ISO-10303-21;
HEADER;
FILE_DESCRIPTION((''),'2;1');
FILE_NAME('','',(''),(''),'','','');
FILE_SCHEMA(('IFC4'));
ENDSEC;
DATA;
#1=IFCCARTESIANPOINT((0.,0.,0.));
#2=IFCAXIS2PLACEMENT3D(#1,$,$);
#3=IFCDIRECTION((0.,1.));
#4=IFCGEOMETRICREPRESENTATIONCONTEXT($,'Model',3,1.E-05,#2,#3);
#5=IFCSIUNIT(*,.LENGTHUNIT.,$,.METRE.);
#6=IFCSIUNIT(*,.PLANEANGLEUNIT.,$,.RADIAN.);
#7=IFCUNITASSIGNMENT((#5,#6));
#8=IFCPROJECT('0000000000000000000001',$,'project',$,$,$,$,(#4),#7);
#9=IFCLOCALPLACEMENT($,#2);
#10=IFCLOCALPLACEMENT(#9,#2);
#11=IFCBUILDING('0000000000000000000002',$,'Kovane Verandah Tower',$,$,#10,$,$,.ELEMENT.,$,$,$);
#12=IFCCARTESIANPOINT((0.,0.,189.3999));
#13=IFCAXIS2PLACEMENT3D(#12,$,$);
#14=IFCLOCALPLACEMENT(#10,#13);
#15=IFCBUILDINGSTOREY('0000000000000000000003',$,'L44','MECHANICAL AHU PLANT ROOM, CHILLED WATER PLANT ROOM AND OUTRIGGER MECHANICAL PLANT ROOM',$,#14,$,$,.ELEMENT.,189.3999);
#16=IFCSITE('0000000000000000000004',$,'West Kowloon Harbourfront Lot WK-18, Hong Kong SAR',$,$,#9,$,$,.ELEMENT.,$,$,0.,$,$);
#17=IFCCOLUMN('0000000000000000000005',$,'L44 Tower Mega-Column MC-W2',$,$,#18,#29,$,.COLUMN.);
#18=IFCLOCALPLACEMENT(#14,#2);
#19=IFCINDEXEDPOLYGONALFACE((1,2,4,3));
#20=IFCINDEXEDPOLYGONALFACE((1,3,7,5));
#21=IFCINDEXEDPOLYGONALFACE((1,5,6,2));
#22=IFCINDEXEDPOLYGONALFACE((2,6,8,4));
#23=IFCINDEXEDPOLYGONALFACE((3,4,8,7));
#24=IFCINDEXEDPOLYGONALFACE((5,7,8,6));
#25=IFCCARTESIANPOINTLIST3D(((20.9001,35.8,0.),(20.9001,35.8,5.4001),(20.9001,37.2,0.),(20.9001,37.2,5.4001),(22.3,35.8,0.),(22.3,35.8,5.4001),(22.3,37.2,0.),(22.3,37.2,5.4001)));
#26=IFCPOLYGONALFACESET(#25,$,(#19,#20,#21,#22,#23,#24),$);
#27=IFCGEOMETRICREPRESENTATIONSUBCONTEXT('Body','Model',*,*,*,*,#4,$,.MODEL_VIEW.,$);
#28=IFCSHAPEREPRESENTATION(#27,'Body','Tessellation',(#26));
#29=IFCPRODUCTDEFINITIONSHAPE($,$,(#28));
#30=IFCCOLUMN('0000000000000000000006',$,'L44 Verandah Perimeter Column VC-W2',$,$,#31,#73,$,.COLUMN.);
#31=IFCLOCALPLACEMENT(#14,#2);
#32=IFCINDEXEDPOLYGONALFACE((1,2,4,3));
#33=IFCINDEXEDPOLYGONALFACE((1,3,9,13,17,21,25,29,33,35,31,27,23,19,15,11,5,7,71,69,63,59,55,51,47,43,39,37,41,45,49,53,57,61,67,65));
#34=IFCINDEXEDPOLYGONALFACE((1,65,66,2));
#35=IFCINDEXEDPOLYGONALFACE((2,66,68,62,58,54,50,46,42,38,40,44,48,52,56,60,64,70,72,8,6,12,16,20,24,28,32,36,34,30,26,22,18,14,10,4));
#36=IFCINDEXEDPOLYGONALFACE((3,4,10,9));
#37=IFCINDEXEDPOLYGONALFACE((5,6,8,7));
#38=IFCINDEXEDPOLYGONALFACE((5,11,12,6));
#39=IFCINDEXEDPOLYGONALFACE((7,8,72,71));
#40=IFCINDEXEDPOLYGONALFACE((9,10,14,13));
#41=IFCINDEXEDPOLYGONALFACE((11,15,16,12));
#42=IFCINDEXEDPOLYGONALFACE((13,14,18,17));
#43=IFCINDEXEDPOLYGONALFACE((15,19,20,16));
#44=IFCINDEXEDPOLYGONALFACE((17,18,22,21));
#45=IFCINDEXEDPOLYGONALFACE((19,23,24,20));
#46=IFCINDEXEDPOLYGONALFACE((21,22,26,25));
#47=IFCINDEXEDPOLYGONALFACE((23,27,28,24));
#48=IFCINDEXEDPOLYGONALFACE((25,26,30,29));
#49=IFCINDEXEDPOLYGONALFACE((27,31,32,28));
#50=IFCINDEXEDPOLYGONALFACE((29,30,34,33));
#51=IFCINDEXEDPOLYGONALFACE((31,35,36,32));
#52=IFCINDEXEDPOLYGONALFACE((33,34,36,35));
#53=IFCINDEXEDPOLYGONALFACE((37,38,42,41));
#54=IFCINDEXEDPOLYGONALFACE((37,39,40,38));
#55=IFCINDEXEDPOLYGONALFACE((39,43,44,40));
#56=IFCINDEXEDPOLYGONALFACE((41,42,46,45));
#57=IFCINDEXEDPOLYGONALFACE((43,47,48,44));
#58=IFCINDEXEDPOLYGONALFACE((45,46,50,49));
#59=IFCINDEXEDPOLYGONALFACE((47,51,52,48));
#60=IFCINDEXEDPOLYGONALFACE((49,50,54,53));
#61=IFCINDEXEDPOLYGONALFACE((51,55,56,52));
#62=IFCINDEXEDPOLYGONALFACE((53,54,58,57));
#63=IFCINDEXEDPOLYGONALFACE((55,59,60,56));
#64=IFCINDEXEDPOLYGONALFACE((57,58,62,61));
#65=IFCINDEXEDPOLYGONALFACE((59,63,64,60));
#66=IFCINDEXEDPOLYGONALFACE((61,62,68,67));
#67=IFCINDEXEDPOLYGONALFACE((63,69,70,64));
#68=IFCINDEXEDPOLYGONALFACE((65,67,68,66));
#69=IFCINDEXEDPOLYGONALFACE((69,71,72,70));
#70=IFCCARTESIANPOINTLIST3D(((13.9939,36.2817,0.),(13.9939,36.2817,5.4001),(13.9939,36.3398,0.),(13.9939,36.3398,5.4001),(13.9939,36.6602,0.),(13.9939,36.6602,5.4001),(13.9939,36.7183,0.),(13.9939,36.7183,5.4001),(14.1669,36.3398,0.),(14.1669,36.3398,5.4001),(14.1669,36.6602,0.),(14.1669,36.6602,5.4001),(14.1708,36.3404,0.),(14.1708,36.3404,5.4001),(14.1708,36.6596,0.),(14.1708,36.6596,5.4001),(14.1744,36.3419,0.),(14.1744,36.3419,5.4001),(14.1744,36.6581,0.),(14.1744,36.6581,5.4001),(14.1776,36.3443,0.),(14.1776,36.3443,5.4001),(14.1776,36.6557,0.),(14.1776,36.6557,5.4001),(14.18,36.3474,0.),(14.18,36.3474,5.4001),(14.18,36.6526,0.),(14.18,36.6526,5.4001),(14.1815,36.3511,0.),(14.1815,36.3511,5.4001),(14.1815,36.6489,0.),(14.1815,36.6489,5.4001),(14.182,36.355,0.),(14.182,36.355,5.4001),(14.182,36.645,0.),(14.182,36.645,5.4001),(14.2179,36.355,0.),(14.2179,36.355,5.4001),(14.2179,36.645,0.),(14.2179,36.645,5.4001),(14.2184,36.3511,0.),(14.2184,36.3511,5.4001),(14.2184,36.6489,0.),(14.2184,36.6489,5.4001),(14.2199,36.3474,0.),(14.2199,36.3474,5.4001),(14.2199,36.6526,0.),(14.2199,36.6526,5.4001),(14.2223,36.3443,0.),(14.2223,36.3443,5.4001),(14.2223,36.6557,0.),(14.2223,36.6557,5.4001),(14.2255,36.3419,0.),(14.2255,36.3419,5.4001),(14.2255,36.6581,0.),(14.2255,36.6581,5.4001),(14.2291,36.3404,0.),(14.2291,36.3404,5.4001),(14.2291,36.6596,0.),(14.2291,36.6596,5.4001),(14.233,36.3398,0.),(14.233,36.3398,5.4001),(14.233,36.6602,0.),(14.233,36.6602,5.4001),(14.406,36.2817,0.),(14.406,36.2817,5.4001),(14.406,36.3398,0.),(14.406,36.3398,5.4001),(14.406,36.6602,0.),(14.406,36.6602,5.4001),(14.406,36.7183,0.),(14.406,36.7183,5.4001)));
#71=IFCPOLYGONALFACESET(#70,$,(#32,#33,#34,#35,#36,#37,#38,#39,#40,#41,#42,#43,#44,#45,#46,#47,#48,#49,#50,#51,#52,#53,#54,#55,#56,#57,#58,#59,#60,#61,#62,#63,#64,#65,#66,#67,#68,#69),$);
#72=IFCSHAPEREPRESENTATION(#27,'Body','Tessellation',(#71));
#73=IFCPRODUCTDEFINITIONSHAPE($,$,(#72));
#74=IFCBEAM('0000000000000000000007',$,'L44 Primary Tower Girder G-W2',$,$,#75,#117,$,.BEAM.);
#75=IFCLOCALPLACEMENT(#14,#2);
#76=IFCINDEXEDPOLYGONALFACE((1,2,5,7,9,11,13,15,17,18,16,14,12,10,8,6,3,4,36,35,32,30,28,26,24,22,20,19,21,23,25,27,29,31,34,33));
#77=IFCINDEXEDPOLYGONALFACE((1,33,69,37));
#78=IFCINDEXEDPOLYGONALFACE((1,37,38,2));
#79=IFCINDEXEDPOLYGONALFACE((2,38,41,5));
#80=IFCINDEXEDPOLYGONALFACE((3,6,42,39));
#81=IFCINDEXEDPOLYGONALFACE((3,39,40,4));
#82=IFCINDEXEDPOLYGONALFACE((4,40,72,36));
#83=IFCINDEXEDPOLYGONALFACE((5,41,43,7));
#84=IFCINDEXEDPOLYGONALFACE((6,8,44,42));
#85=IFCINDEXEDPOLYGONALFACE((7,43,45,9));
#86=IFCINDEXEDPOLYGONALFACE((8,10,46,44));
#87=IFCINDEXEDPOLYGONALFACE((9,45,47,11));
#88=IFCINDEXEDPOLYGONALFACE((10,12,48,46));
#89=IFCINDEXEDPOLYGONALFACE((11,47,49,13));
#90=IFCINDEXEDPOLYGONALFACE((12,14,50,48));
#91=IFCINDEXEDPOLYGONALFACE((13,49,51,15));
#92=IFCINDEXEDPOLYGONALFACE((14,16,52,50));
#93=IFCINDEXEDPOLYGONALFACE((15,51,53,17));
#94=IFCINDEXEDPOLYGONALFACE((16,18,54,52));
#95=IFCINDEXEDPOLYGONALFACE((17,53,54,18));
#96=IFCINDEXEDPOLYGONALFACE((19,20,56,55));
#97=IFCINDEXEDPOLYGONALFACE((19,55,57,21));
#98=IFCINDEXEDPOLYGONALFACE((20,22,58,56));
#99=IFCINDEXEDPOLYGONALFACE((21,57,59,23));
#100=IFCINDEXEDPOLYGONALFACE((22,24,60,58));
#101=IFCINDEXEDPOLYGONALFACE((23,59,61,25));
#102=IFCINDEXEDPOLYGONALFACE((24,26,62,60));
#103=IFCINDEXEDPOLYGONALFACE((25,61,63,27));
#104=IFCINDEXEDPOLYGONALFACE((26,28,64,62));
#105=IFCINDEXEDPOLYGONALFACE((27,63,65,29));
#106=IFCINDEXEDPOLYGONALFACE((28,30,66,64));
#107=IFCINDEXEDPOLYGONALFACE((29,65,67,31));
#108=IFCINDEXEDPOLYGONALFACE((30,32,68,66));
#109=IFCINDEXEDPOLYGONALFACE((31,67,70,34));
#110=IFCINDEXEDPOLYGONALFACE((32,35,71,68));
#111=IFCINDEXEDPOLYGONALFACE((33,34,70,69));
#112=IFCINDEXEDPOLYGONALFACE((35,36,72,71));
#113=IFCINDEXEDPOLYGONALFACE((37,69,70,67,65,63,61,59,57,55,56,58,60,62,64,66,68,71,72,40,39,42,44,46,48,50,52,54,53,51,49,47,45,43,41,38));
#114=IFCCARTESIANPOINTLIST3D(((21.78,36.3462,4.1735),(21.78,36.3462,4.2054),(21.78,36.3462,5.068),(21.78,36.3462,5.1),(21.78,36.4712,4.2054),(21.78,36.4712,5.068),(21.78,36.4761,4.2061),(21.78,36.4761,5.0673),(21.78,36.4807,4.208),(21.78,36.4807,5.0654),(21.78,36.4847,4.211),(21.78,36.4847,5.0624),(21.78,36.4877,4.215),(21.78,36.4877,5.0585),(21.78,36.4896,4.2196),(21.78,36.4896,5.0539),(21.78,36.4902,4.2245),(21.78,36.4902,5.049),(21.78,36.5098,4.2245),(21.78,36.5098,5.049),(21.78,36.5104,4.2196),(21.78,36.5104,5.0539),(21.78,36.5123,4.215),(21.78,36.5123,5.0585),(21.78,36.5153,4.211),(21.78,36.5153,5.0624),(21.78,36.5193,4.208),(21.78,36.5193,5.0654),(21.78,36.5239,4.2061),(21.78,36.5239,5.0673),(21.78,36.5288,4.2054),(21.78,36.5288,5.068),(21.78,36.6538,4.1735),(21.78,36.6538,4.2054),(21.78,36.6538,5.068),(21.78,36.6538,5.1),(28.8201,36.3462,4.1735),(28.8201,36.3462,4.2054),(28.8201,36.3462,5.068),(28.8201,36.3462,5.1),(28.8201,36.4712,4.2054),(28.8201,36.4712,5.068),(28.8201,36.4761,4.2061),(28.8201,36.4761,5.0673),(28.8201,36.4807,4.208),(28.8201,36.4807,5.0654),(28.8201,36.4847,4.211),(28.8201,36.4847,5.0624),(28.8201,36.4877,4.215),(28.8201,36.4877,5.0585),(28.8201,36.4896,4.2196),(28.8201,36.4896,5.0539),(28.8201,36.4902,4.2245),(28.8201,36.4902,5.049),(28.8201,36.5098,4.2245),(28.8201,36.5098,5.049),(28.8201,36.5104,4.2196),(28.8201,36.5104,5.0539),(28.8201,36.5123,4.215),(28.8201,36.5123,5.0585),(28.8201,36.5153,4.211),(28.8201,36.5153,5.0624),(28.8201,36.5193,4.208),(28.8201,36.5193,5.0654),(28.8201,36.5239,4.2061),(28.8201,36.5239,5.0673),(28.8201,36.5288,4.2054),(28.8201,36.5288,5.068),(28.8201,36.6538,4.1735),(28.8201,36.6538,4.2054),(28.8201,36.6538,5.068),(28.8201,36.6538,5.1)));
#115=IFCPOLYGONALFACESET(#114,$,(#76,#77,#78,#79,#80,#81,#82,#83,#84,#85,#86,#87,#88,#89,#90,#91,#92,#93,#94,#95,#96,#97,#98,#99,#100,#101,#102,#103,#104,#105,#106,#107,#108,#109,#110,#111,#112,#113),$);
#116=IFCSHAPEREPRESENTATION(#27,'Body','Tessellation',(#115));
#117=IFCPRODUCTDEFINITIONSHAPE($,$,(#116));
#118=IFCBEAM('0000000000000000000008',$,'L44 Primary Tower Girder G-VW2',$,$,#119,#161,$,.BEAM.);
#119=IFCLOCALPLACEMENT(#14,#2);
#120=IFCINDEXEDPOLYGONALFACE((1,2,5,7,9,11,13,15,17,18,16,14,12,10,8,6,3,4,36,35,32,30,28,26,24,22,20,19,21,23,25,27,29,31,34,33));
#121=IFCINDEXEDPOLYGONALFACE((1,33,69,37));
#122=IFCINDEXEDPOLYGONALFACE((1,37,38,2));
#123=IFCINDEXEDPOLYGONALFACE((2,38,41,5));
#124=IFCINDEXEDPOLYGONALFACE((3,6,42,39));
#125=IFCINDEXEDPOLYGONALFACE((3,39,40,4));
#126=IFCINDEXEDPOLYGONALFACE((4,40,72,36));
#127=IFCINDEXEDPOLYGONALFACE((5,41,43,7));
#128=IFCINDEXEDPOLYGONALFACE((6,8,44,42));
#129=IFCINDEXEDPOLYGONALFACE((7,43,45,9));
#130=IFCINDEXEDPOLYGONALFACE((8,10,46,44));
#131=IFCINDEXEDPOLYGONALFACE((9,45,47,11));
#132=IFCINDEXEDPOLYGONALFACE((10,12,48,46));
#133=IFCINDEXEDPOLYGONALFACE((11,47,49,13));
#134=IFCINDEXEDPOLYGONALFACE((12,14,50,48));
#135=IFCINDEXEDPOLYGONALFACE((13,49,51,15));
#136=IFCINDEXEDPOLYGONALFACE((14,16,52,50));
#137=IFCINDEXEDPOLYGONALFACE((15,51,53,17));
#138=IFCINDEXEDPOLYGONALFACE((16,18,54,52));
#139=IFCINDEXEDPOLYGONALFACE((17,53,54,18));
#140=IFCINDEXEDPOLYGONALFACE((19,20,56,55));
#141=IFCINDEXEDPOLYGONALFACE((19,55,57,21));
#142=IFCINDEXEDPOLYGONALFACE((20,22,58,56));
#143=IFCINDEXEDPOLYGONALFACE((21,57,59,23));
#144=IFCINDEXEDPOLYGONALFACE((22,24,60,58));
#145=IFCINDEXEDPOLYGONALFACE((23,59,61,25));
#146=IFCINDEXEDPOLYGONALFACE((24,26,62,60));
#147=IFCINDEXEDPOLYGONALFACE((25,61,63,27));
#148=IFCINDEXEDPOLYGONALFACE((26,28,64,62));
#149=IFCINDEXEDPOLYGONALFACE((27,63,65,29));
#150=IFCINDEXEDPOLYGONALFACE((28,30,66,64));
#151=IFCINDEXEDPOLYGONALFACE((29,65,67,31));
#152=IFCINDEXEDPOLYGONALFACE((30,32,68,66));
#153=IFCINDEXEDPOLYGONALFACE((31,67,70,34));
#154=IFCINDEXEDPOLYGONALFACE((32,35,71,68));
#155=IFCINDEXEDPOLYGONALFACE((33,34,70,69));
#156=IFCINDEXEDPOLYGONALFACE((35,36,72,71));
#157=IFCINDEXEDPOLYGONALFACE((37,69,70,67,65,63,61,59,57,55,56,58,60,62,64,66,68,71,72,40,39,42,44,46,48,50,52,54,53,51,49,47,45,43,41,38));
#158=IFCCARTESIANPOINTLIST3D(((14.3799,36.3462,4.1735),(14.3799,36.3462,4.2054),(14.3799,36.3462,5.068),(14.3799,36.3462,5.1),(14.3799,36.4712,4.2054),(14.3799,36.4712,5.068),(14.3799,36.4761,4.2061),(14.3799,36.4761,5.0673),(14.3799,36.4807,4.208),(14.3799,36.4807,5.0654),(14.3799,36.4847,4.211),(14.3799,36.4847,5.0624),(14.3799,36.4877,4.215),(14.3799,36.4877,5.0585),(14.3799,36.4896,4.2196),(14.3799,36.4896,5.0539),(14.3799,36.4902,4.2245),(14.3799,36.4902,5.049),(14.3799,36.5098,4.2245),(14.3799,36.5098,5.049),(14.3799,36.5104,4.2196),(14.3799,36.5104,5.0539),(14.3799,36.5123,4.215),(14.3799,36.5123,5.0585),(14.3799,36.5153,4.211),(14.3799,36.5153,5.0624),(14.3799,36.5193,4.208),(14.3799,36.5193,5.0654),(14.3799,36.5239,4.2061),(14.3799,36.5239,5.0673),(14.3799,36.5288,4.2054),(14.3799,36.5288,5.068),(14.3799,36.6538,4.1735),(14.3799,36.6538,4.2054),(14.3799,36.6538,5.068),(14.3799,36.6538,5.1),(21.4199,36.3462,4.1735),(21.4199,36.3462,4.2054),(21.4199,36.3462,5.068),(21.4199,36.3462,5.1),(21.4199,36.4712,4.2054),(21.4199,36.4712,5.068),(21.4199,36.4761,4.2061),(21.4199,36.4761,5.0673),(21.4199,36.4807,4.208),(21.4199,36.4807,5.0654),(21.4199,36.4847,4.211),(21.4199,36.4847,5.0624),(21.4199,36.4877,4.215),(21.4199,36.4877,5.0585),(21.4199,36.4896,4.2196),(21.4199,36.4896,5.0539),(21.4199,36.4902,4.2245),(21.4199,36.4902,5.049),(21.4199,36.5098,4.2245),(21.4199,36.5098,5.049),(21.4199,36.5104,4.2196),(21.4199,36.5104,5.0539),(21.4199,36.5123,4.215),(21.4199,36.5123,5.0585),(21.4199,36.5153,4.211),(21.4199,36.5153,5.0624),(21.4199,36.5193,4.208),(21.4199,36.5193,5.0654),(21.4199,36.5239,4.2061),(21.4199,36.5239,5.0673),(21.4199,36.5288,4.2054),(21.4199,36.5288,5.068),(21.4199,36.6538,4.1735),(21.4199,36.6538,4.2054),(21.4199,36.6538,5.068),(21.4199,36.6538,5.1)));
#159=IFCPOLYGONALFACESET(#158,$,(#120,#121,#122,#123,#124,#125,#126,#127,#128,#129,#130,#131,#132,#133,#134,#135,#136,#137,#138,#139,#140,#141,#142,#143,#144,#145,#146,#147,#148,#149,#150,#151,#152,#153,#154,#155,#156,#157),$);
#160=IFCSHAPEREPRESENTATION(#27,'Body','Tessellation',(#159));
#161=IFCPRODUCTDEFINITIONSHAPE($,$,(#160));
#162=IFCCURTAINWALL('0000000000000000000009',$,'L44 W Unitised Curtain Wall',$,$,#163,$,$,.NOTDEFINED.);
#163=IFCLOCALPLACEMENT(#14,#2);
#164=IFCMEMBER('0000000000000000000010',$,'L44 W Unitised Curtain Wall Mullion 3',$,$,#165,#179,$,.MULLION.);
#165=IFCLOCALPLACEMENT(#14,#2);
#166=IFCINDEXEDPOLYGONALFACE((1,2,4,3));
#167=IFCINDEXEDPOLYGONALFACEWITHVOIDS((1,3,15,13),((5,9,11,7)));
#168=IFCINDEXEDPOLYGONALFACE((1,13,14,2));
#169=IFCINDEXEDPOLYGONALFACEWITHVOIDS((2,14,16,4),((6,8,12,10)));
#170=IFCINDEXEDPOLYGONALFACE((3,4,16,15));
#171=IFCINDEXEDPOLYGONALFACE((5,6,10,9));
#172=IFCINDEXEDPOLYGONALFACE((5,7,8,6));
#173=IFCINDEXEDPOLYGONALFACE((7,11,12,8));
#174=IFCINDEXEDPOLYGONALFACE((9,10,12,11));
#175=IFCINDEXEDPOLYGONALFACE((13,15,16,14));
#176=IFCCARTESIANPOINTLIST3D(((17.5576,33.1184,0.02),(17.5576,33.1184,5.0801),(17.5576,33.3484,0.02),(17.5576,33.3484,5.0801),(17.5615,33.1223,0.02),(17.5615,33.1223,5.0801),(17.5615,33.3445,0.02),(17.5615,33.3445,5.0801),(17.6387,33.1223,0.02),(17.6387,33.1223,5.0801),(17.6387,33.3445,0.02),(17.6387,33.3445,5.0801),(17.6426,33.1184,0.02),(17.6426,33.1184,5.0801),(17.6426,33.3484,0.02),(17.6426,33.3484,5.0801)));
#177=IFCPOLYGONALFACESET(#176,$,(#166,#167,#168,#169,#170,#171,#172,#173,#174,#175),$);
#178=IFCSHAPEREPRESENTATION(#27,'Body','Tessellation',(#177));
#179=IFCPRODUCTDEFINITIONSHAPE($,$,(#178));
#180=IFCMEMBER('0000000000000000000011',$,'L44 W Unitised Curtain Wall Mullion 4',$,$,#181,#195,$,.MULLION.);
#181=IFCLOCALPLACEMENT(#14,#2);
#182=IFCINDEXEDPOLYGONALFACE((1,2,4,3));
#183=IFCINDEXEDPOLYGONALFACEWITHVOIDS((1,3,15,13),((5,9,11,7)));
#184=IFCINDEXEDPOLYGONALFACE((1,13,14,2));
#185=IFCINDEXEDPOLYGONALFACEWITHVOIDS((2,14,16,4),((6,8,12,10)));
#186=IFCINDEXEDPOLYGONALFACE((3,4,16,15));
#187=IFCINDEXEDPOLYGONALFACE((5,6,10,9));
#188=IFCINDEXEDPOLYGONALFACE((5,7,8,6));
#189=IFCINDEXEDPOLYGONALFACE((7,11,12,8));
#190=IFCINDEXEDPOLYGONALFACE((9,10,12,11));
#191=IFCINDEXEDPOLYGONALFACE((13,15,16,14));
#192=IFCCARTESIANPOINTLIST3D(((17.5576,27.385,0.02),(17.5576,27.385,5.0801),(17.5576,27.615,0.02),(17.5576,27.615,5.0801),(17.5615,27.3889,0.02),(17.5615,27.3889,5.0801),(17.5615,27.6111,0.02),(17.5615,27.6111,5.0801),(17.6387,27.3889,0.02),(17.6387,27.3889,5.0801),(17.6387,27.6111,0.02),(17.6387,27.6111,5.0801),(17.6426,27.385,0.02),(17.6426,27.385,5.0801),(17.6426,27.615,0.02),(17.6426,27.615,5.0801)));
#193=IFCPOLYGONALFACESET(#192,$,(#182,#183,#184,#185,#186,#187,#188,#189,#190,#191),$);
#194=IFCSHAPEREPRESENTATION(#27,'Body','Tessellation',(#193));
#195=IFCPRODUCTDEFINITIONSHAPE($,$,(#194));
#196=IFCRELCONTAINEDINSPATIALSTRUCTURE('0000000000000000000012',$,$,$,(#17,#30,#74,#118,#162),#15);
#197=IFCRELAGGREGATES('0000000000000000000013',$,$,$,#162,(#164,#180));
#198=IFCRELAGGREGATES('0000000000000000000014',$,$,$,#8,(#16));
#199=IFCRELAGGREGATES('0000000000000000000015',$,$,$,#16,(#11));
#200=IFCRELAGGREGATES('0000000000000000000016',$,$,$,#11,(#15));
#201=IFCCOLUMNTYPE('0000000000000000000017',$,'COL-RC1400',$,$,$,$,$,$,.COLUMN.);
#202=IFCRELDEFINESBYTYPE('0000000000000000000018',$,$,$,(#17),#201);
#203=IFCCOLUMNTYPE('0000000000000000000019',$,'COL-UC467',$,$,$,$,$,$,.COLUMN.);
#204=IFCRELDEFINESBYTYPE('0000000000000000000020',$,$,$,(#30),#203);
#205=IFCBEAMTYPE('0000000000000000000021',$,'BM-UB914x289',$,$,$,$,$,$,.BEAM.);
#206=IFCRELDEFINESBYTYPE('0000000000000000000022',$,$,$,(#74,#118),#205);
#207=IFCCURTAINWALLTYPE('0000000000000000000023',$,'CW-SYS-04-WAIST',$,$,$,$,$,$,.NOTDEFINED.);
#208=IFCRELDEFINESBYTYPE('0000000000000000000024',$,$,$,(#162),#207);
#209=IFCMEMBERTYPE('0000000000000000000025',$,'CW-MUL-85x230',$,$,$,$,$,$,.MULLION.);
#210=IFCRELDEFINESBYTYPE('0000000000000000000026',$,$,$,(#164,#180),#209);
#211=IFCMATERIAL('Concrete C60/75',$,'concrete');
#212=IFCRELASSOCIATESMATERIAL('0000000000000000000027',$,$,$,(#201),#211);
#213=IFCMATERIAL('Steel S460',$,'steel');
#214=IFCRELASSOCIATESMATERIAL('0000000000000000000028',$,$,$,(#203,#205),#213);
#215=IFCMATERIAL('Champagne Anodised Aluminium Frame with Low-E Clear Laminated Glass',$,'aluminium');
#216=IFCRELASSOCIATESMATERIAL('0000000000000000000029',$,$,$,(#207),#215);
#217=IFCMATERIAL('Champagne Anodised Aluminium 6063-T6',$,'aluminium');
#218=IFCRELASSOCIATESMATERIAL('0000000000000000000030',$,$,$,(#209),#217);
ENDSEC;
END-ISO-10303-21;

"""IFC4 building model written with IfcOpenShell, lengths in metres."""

from ifc_helpers import new_model, si_unit, direction, frame, origin, origin_2d, place, context, subcontext, project, spatial, rectangle, hollow_rectangle, i_section, extrude, material, material_profile, profile_set, type_object, element, aggregate, save


model = new_model("IFC4")

# Units and contexts
model_context = context("Model", 3, precision=1e-05, world=origin(), true_north=direction((0.0, 1.0)))
body_context = subcontext(model_context, "Body", "Model", "MODEL_VIEW")
ifc_project = project(units=[si_unit("LENGTHUNIT", "METRE"), si_unit("PLANEANGLEUNIT", "RADIAN")], contexts=[model_context])

# Site, building, storey
site_placement = place(None, origin())
site = spatial("IfcSite", under=ifc_project, at=site_placement, Name="West Kowloon Harbourfront Lot WK-18, Hong Kong SAR", CompositionType="ELEMENT", RefElevation=0.0)
building_placement = place(site_placement, origin())
building = spatial("IfcBuilding", under=site, at=building_placement, Name="Kovane Verandah Tower", CompositionType="ELEMENT")
storey_placement = place(building_placement, frame((0.0, 0.0, 189.3999)))
storey = spatial("IfcBuildingStorey", under=building, at=storey_placement, Name="L44", Description="MECHANICAL AHU PLANT ROOM, CHILLED WATER PLANT ROOM AND OUTRIGGER MECHANICAL PLANT ROOM", CompositionType="ELEMENT", Elevation=189.3999)

# Columns
ifc_material_1 = material(Name="Concrete C60/75", Category="concrete")
ifc_material_profile_1 = material_profile(ifc_material_1, rectangle(XDim=1.3999, YDim=1.3999, at=origin_2d()), Name="RC1400x1400")
ifc_profile_set_1 = profile_set([ifc_material_profile_1], Name="Concrete C60/75")
column_type_1 = type_object("IfcColumnType", Name="COL-RC1400", PredefinedType="COLUMN", material=ifc_profile_set_1)
column_1_placement = place(storey_placement, frame((21.6001, 36.5, 0.0), z_axis=(0.0, 0.0, 1.0), x_axis=(1.0, 0.0, 0.0)))
element("IfcColumn", 1, at=column_1_placement, inside=storey, type_object=column_type_1, Name="L44 Tower Mega-Column MC-W2", PredefinedType="COLUMN", context=body_context, shape_type="SweptSolid", body=[
    extrude(rectangle(XDim=1.3999, YDim=1.3999, at=origin_2d()), origin(), (0.0, 0.0, 1.0), 5.4001),
])
ifc_material_2 = material(Name="Steel S460", Category="steel")
ifc_material_profile_2 = material_profile(ifc_material_2, i_section(OverallWidth=0.4121, OverallDepth=0.4365, WebThickness=0.0359, FlangeThickness=0.0581, FilletRadius=0.0151, at=origin_2d()), Name="UC356x406x467")
ifc_profile_set_2 = profile_set([ifc_material_profile_2], Name="Steel S460")
column_type_2 = type_object("IfcColumnType", Name="COL-UC467", PredefinedType="COLUMN", material=ifc_profile_set_2)
column_2_placement = place(storey_placement, frame((14.2, 36.5, 0.0), z_axis=(0.0, 0.0, 1.0), x_axis=(1.0, 0.0, 0.0)))
element("IfcColumn", 2, at=column_2_placement, inside=storey, type_object=column_type_2, Name="L44 Verandah Perimeter Column VC-W2", PredefinedType="COLUMN", context=body_context, shape_type="SweptSolid", body=[
    extrude(i_section(OverallWidth=0.4121, OverallDepth=0.4365, WebThickness=0.0359, FlangeThickness=0.0581, FilletRadius=0.0151, at=origin_2d()), origin(), (0.0, 0.0, 1.0), 5.4001),
])

# Beams
ifc_material_profile_3 = material_profile(ifc_material_2, i_section(OverallWidth=0.3076, OverallDepth=0.9265, WebThickness=0.0195, FlangeThickness=0.032, FilletRadius=0.019, at=origin_2d()), Name="UB914x305x289")
ifc_profile_set_3 = profile_set([ifc_material_profile_3], Name="Steel S460")
beam_type = type_object("IfcBeamType", Name="BM-UB914x289", PredefinedType="BEAM", material=ifc_profile_set_3)
for number, where, z_axis, x_axis, name in (
    (3, (28.8201, 36.5, 4.6367), (-1.0, 0.0, 0.0), (0.0, -1.0, 0.0), "L44 Primary Tower Girder G-W2"),
    (4, (21.4199, 36.5, 4.6367), (-1.0, 0.0, 0.0), (0.0, -1.0, 0.0), "L44 Primary Tower Girder G-VW2"),
):
    element("IfcBeam", number, at=place(storey_placement, frame(where, z_axis=z_axis, x_axis=x_axis)), inside=storey, type_object=beam_type, Name=name, PredefinedType="BEAM", context=body_context, shape_type="SweptSolid", body=[
        extrude(i_section(OverallWidth=0.3076, OverallDepth=0.9265, WebThickness=0.0195, FlangeThickness=0.032, FilletRadius=0.019, at=origin_2d()), origin(), (0.0, 0.0, 1.0), 7.04),
    ])

# Curtain wall, members
ifc_material_3 = material(Name="Champagne Anodised Aluminium Frame with Low-E Clear Laminated Glass", Category="aluminium")
curtain_wall_type = type_object("IfcCurtainWallType", Name="CW-SYS-04-WAIST", PredefinedType="NOTDEFINED", material=ifc_material_3)
curtain_wall_placement = place(storey_placement, origin())
curtain_wall = element("IfcCurtainWall", 5, at=curtain_wall_placement, inside=storey, type_object=curtain_wall_type, Name="L44 W Unitised Curtain Wall", PredefinedType="NOTDEFINED")
ifc_material_4 = material(Name="Champagne Anodised Aluminium 6063-T6", Category="aluminium")
ifc_material_profile_4 = material_profile(ifc_material_4, hollow_rectangle(XDim=0.085, YDim=0.23, WallThickness=0.0039, at=origin_2d()), Name="AL85x230x4")
ifc_profile_set_4 = profile_set([ifc_material_profile_4], Name="Champagne Anodised Aluminium 6063-T6")
member_type_1 = type_object("IfcMemberType", Name="CW-MUL-85x230", PredefinedType="MULLION", material=ifc_profile_set_4)
member_1_placement = place(storey_placement, frame((17.6001, 33.2334, 0.02), z_axis=(0.0, 0.0, 1.0), x_axis=(-1.0, 0.0, 0.0)))
member_1 = element("IfcMember", 6, at=member_1_placement, type_object=member_type_1, Name="L44 W Unitised Curtain Wall Mullion 3", PredefinedType="MULLION", context=body_context, shape_type="SweptSolid", body=[
    extrude(hollow_rectangle(XDim=0.085, YDim=0.23, WallThickness=0.0039, at=origin_2d()), origin(), (0.0, 0.0, 1.0), 5.0601),
])
member_2_placement = place(storey_placement, frame((17.6001, 27.5, 0.02), z_axis=(0.0, 0.0, 1.0), x_axis=(-1.0, 0.0, 0.0)))
member_2 = element("IfcMember", 7, at=member_2_placement, type_object=member_type_1, Name="L44 W Unitised Curtain Wall Mullion 4", PredefinedType="MULLION", context=body_context, shape_type="SweptSolid", body=[
    extrude(hollow_rectangle(XDim=0.085, YDim=0.23, WallThickness=0.0039, at=origin_2d()), origin(), (0.0, 0.0, 1.0), 5.0601),
])

aggregate(curtain_wall, [member_1, member_2])

save(model, "model.ifc")
